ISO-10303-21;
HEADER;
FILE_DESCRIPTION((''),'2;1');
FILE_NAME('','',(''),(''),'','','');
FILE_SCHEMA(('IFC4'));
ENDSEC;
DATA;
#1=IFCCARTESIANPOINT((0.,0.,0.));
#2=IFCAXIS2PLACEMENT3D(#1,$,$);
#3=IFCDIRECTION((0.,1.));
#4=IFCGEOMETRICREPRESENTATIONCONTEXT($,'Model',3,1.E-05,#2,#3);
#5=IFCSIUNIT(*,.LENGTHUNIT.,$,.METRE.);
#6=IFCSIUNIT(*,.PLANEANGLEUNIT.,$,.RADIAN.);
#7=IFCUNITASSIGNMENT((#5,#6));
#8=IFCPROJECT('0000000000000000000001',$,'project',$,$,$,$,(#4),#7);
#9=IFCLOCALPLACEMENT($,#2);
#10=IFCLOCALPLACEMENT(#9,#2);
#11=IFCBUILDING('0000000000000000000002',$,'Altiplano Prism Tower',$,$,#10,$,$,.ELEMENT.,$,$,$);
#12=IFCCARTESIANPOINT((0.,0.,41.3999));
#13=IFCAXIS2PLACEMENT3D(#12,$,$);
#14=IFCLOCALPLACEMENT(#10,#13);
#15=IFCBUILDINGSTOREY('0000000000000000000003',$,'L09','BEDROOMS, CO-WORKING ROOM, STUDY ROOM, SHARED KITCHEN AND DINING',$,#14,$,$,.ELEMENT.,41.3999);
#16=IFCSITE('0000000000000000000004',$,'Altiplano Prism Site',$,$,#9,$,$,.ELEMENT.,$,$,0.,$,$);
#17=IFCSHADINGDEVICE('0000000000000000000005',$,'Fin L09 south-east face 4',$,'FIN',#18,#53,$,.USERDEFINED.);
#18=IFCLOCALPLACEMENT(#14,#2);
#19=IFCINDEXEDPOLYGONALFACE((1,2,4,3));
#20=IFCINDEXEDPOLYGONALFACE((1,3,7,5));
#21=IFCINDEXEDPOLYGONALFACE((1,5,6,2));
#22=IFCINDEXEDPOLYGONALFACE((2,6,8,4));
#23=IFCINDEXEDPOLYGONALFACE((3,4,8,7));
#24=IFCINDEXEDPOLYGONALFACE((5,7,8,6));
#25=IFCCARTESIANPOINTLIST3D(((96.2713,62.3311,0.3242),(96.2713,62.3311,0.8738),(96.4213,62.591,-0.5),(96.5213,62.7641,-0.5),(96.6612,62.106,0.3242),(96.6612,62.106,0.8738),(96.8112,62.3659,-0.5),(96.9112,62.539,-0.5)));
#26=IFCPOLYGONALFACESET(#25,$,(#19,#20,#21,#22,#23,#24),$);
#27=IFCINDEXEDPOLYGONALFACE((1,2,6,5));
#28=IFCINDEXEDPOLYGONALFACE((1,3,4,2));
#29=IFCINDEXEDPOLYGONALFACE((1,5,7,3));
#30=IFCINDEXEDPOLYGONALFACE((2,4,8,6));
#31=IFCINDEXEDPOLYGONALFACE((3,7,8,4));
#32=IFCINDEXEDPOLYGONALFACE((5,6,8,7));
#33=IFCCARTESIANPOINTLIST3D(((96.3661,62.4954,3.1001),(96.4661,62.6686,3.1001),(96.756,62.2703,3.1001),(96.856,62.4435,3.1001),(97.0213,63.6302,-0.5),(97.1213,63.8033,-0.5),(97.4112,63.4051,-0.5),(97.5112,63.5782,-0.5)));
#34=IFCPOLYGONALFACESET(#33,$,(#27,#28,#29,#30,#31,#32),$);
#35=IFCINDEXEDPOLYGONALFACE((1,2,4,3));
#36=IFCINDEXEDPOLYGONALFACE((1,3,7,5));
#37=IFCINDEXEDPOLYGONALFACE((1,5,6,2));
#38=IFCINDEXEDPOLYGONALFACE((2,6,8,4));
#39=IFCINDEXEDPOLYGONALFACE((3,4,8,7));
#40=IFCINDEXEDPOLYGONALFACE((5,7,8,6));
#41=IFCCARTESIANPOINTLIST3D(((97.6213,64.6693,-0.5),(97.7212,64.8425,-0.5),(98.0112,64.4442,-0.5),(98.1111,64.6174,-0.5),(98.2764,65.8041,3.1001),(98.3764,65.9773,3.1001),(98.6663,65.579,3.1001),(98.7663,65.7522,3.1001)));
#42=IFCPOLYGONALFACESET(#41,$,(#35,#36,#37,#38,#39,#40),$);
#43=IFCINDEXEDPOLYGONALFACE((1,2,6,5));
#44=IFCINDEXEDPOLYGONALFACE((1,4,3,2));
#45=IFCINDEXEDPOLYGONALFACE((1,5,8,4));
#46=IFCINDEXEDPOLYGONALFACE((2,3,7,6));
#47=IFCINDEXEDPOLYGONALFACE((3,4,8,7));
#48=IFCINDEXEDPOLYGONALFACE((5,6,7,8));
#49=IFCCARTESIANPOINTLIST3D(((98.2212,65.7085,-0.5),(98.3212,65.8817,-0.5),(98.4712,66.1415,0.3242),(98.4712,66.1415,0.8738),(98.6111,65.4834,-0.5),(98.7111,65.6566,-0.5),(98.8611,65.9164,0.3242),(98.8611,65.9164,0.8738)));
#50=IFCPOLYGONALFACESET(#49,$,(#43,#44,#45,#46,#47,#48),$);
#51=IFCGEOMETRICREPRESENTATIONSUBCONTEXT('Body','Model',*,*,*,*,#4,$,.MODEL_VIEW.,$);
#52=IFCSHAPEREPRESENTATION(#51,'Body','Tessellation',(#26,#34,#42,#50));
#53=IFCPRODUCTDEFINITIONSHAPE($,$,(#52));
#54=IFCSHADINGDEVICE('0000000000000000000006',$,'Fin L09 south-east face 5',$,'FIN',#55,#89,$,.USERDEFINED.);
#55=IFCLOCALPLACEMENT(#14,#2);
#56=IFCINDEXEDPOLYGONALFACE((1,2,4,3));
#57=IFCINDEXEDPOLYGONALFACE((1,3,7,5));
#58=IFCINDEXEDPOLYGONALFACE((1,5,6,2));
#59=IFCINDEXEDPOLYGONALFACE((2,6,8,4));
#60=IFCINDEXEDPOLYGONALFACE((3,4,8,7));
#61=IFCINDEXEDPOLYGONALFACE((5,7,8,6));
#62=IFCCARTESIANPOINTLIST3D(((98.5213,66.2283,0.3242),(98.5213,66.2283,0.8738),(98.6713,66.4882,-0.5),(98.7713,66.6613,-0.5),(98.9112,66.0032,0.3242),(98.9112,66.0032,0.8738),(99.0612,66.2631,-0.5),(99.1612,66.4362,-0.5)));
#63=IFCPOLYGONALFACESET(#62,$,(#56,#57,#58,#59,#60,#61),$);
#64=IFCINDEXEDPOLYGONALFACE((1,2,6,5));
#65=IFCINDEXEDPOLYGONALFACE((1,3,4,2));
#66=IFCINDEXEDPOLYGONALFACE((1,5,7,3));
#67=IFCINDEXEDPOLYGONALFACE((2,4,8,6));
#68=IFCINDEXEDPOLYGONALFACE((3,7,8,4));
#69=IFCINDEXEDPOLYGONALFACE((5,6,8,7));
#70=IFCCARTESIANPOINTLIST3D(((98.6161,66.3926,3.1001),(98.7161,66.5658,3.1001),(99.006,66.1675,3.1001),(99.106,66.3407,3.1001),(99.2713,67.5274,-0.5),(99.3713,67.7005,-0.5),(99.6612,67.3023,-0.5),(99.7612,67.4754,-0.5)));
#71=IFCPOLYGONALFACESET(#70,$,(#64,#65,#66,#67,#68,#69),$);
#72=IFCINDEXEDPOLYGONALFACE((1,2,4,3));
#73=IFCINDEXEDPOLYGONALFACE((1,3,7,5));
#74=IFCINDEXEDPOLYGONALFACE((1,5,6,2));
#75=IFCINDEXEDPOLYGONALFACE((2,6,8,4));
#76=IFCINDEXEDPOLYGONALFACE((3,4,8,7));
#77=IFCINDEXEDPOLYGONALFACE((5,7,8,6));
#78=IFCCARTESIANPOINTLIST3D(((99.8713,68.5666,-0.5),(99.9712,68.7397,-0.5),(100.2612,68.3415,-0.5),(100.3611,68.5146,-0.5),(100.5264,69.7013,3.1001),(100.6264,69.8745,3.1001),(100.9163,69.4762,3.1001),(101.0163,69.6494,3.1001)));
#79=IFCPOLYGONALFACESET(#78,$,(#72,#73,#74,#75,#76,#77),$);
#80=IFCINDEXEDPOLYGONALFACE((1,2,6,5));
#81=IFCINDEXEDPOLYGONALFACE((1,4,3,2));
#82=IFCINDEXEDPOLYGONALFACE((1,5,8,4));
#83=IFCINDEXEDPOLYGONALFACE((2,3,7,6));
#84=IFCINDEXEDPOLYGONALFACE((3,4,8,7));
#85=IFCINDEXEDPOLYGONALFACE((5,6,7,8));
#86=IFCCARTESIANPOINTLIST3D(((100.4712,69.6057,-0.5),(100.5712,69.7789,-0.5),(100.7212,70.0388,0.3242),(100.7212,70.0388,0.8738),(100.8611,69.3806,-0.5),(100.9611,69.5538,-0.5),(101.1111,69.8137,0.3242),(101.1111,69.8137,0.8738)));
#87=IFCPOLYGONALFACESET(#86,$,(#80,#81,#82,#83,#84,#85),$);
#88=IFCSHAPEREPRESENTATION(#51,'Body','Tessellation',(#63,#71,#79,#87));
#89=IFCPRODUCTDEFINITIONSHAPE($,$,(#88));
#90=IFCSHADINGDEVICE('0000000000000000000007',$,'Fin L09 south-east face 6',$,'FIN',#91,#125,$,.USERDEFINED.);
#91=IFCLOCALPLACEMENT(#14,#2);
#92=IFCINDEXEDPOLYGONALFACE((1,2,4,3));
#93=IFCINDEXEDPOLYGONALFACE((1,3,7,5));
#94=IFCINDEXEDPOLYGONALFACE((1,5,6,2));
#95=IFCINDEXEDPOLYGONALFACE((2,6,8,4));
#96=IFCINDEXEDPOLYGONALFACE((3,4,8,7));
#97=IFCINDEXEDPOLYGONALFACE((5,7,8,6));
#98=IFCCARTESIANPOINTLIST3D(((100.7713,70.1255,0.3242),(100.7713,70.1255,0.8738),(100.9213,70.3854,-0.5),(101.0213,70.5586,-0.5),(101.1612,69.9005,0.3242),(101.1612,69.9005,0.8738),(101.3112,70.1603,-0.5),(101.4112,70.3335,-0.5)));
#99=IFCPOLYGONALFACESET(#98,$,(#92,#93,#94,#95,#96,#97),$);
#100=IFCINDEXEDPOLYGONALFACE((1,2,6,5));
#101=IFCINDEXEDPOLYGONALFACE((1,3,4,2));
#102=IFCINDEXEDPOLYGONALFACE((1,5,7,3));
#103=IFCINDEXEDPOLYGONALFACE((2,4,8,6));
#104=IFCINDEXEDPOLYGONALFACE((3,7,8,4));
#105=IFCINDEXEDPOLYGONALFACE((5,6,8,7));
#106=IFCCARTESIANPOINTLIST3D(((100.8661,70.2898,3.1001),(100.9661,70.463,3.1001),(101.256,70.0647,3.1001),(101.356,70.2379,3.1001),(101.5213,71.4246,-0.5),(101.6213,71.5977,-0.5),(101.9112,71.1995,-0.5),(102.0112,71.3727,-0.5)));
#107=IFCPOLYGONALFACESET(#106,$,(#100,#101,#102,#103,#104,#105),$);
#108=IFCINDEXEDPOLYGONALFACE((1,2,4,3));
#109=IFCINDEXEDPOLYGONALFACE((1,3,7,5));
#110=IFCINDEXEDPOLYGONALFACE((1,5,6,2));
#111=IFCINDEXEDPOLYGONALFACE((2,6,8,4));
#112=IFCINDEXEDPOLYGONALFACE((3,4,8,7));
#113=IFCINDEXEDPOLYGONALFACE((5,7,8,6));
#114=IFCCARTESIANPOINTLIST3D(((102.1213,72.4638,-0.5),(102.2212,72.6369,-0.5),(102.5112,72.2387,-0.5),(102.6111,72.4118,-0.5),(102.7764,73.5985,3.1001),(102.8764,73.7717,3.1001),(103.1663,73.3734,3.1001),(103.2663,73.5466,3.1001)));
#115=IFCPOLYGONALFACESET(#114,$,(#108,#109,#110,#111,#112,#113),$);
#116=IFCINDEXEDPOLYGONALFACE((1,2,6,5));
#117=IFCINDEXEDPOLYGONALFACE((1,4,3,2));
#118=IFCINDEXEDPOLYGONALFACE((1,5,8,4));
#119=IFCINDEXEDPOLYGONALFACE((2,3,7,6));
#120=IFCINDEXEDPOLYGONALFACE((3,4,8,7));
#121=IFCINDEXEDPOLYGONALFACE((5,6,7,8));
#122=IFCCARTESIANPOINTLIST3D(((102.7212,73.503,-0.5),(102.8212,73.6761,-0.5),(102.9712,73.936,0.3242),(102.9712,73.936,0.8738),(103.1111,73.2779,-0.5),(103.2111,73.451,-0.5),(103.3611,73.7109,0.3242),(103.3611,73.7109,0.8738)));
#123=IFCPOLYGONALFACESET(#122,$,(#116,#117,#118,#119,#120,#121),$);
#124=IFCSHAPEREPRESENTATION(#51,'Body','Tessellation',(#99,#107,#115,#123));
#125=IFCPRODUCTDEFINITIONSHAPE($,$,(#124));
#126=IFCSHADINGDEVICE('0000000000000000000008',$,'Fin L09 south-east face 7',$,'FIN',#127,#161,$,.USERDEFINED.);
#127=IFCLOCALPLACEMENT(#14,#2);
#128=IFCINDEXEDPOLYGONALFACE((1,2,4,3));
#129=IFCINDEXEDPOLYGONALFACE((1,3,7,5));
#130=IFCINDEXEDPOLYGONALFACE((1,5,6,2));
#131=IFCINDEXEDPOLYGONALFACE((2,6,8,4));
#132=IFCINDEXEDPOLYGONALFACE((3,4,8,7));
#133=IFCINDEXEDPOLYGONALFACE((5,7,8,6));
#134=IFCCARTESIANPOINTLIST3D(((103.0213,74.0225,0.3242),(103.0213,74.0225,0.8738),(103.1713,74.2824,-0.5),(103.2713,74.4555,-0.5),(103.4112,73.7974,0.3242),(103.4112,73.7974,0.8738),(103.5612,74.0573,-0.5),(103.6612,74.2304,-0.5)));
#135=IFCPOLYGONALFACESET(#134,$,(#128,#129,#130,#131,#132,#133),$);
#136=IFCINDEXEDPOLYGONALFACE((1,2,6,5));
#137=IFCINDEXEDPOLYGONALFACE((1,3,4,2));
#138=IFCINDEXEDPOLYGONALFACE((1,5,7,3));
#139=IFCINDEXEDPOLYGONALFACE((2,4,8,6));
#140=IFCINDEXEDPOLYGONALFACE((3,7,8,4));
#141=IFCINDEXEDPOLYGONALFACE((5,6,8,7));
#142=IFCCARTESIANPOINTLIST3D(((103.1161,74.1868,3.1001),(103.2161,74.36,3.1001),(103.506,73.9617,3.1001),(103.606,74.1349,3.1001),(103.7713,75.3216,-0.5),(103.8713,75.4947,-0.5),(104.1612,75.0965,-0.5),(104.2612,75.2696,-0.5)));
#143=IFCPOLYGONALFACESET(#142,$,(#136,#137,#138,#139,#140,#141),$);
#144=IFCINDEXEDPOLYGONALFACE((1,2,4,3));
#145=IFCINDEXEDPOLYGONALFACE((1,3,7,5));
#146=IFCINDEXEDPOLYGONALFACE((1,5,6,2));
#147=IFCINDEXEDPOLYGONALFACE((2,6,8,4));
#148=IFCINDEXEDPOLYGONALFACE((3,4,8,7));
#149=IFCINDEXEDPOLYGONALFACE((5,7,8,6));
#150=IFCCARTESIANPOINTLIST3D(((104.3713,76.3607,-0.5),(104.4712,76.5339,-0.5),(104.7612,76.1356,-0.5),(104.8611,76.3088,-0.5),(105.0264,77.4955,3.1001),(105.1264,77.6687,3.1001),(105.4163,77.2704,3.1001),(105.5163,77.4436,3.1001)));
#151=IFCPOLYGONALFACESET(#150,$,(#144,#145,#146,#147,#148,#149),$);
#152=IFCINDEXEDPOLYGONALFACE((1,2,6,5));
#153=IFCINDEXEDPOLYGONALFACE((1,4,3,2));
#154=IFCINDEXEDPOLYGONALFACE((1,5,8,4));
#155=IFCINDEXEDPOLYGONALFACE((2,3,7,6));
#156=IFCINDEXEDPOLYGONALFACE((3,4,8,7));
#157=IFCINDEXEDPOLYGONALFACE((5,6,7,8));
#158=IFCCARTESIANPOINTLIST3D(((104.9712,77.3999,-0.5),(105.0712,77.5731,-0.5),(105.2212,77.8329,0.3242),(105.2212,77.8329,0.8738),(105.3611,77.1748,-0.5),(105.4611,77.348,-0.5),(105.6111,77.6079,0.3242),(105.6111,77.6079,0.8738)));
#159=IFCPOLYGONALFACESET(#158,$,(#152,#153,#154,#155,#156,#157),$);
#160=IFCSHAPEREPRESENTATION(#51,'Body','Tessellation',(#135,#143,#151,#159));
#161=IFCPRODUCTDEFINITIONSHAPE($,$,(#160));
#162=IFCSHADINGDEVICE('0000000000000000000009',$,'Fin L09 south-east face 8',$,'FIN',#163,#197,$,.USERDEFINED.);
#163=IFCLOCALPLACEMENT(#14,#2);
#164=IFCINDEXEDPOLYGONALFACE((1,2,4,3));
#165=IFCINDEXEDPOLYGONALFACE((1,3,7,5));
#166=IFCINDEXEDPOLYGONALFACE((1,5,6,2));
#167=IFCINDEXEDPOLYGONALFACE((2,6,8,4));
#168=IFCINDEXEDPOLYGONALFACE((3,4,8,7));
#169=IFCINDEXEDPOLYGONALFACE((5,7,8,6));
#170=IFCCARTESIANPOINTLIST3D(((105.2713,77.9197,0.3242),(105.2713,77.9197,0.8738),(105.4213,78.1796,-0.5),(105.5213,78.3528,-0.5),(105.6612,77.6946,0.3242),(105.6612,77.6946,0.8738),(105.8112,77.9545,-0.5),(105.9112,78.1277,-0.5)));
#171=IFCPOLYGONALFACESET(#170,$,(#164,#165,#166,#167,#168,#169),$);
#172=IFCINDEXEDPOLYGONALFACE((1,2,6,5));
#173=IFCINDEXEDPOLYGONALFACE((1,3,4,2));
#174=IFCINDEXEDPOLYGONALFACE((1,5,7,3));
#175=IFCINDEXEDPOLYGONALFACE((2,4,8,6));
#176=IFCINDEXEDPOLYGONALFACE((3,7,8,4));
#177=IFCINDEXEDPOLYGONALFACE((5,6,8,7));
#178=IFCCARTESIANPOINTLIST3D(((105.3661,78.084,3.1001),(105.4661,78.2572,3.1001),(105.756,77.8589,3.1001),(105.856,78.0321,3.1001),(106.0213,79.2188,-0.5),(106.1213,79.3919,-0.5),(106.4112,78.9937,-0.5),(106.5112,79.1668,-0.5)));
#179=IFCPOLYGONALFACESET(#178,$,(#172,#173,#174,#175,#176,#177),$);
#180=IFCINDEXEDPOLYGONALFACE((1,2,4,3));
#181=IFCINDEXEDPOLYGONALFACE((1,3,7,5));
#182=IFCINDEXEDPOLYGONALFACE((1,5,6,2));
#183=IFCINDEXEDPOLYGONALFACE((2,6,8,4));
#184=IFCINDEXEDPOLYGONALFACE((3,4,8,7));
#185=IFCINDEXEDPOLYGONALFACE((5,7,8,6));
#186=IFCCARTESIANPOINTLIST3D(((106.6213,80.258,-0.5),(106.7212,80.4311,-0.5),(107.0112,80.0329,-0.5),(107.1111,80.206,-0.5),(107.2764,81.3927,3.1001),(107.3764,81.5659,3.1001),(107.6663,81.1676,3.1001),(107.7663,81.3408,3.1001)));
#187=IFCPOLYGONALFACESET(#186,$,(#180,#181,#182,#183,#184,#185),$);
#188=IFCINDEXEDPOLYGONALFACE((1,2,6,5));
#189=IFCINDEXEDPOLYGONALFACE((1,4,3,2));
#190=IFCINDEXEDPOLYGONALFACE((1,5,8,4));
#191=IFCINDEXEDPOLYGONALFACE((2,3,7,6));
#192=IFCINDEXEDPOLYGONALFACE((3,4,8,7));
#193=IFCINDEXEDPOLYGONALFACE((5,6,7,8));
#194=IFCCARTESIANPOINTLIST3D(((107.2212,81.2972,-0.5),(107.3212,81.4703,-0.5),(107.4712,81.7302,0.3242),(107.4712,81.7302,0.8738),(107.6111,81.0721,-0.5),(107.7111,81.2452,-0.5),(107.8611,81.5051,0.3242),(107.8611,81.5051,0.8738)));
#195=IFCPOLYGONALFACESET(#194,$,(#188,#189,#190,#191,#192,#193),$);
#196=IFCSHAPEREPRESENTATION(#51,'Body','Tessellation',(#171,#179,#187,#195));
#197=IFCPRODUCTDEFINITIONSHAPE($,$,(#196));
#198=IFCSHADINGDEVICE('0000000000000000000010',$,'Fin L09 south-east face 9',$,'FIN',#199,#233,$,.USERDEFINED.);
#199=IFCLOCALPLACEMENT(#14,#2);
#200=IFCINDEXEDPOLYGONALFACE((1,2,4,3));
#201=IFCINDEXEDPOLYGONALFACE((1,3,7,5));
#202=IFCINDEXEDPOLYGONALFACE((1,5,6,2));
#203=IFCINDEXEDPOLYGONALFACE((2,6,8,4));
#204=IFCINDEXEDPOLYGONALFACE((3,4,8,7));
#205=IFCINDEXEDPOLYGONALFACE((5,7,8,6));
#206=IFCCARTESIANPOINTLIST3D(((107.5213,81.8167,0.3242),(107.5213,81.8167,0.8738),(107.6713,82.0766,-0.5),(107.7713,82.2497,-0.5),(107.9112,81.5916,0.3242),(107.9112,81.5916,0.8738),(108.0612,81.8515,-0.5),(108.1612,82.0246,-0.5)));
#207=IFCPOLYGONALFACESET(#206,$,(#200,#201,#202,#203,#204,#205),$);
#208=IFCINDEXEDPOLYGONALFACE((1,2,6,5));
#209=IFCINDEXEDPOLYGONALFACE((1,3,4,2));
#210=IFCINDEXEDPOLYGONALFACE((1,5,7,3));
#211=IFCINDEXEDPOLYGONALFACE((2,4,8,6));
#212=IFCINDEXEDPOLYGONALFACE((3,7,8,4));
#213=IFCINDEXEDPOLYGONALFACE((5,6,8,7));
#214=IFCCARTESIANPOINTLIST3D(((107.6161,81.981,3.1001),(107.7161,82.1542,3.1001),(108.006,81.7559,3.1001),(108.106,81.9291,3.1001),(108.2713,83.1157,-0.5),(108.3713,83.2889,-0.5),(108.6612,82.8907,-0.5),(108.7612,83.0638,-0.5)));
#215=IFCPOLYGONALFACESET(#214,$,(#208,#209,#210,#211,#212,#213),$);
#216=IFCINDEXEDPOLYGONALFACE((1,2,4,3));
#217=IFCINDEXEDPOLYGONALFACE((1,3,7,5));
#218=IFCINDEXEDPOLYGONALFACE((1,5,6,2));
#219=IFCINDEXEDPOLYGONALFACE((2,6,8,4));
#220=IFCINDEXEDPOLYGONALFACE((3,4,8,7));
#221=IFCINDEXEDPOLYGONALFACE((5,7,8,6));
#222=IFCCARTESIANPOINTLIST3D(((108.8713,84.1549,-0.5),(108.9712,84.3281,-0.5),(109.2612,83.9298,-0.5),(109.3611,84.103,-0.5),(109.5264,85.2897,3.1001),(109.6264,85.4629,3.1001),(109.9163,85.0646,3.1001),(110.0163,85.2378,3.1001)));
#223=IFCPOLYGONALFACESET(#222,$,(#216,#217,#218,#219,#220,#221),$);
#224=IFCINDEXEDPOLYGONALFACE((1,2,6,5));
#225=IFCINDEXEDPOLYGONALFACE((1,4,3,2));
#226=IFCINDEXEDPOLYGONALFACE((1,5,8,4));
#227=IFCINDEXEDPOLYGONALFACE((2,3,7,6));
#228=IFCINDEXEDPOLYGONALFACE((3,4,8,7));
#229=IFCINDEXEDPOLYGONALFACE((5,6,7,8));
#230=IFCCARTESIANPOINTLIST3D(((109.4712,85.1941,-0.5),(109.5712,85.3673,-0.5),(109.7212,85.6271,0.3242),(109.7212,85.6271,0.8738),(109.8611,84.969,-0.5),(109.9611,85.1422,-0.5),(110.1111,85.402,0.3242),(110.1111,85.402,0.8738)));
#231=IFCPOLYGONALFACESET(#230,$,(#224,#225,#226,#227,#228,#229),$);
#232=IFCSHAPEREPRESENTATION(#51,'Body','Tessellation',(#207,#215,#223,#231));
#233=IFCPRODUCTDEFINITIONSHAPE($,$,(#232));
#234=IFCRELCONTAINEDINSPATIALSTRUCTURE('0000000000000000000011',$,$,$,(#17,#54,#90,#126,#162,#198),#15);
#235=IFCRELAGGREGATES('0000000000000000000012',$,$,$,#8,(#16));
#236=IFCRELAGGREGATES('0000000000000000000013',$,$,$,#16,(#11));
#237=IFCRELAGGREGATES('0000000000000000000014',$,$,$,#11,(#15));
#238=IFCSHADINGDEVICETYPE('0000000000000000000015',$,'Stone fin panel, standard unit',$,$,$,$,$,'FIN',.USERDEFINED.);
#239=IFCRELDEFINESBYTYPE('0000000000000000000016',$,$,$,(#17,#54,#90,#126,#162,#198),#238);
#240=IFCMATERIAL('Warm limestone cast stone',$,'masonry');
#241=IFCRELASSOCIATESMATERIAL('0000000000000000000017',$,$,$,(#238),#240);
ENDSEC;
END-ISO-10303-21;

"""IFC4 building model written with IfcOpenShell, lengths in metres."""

from ifc_helpers import new_model, si_unit, direction, frame, origin, place, context, subcontext, project, spatial, polyline, outline, extrude, source, transform, mapped, material, type_object, element, save


model = new_model("IFC4")

# Units and contexts
model_context = context("Model", 3, precision=1e-05, world=origin(), true_north=direction((0.0, 1.0)))
body_context = subcontext(model_context, "Body", "Model", "MODEL_VIEW")
ifc_project = project(units=[si_unit("LENGTHUNIT", "METRE"), si_unit("PLANEANGLEUNIT", "RADIAN")], contexts=[model_context])

# Site, building, storey
site_placement = place(None, origin())
site = spatial("IfcSite", under=ifc_project, at=site_placement, Name="Altiplano Prism Site", CompositionType="ELEMENT", RefElevation=0.0)
building_placement = place(site_placement, origin())
building = spatial("IfcBuilding", under=site, at=building_placement, Name="Altiplano Prism Tower", CompositionType="ELEMENT")
storey_placement = place(building_placement, frame((0.0, 0.0, 41.3999)))
storey = spatial("IfcBuildingStorey", under=building, at=storey_placement, Name="L09", Description="BEDROOMS, CO-WORKING ROOM, STUDY ROOM, SHARED KITCHEN AND DINING", CompositionType="ELEMENT", Elevation=41.3999)

# Shading devices
ifc_material_1 = material(Name="Warm limestone cast stone", Category="masonry")
shading_device_type_1 = type_object("IfcShadingDeviceType", Name="Stone fin panel, standard unit", ElementType="FIN", PredefinedType="USERDEFINED", material=ifc_material_1)
shared_shape_1 = source(origin(), body_context, "Body", "SweptSolid", [
    extrude(outline(polyline([(-2.2, 1.3738), (-2.2, 0.8242), (-1.8999, 0.0), (-1.7, 0.0), (-2.2, 1.3738)])), frame((0.0, -0.1499, 0.0), z_axis=(0.0, -1.0, 0.0), x_axis=(1.0, 0.0, 0.0)), (0.0, 0.0, 1.0), 0.4502),
    extrude(outline(polyline([(-2.0103, 3.6001), (-0.7, 0.0), (-0.5, 0.0), (-1.8103, 3.6001), (-2.0103, 3.6001)])), frame((0.0, -0.1499, 0.0), z_axis=(0.0, -1.0, 0.0), x_axis=(1.0, 0.0, 0.0)), (0.0, 0.0, 1.0), 0.4502),
    extrude(outline(polyline([(1.8103, 3.6001), (0.5, 0.0), (0.7, 0.0), (2.0103, 3.6001), (1.8103, 3.6001)])), frame((0.0, -0.1499, 0.0), z_axis=(0.0, -1.0, 0.0), x_axis=(1.0, 0.0, 0.0)), (0.0, 0.0, 1.0), 0.4502),
    extrude(outline(polyline([(2.2, 0.8242), (2.2, 1.3738), (1.7, 0.0), (1.8999, 0.0), (2.2, 0.8242)])), frame((0.0, -0.1499, 0.0), z_axis=(0.0, -1.0, 0.0), x_axis=(1.0, 0.0, 0.0)), (0.0, 0.0, 1.0), 0.4502),
])
shading_device_1_placement = place(storey_placement, origin())
element("IfcShadingDevice", 1, at=shading_device_1_placement, inside=storey, type_object=shading_device_type_1, Name="Fin L09 south-east face 4", ObjectType="FIN", PredefinedType="USERDEFINED", context=body_context, shape_type="MappedRepresentation", body=[
    mapped(shared_shape_1, transform((97.2415, 64.3113, -0.5), x_axis=(0.5, 0.866025, 0.0), y_axis=(-0.866025, 0.5, 0.0), z_axis=(0.0, 0.0, 1.0))),
])
shading_device_2_placement = place(storey_placement, origin())
element("IfcShadingDevice", 2, at=shading_device_2_placement, inside=storey, type_object=shading_device_type_1, Name="Fin L09 south-east face 5", ObjectType="FIN", PredefinedType="USERDEFINED", context=body_context, shape_type="MappedRepresentation", body=[
    mapped(shared_shape_1, transform((99.4915, 68.2085, -0.5), x_axis=(0.5, 0.866025, 0.0), y_axis=(-0.866025, 0.5, 0.0), z_axis=(0.0, 0.0, 1.0))),
])
shading_device_3_placement = place(storey_placement, origin())
element("IfcShadingDevice", 3, at=shading_device_3_placement, inside=storey, type_object=shading_device_type_1, Name="Fin L09 south-east face 6", ObjectType="FIN", PredefinedType="USERDEFINED", context=body_context, shape_type="MappedRepresentation", body=[
    mapped(shared_shape_1, transform((101.7415, 72.1057, -0.5), x_axis=(0.5, 0.866025, 0.0), y_axis=(-0.866025, 0.5, 0.0), z_axis=(0.0, 0.0, 1.0))),
])
shading_device_4_placement = place(storey_placement, origin())
element("IfcShadingDevice", 4, at=shading_device_4_placement, inside=storey, type_object=shading_device_type_1, Name="Fin L09 south-east face 7", ObjectType="FIN", PredefinedType="USERDEFINED", context=body_context, shape_type="MappedRepresentation", body=[
    mapped(shared_shape_1, transform((103.9915, 76.0027, -0.5), x_axis=(0.5, 0.866025, 0.0), y_axis=(-0.866025, 0.5, 0.0), z_axis=(0.0, 0.0, 1.0))),
])
shading_device_5_placement = place(storey_placement, origin())
element("IfcShadingDevice", 5, at=shading_device_5_placement, inside=storey, type_object=shading_device_type_1, Name="Fin L09 south-east face 8", ObjectType="FIN", PredefinedType="USERDEFINED", context=body_context, shape_type="MappedRepresentation", body=[
    mapped(shared_shape_1, transform((106.2415, 79.8999, -0.5), x_axis=(0.5, 0.866025, 0.0), y_axis=(-0.866025, 0.5, 0.0), z_axis=(0.0, 0.0, 1.0))),
])
shading_device_6_placement = place(storey_placement, origin())
element("IfcShadingDevice", 6, at=shading_device_6_placement, inside=storey, type_object=shading_device_type_1, Name="Fin L09 south-east face 9", ObjectType="FIN", PredefinedType="USERDEFINED", context=body_context, shape_type="MappedRepresentation", body=[
    mapped(shared_shape_1, transform((108.4915, 83.7969, -0.5), x_axis=(0.5, 0.866025, 0.0), y_axis=(-0.866025, 0.5, 0.0), z_axis=(0.0, 0.0, 1.0))),
])

save(model, "model.ifc")
